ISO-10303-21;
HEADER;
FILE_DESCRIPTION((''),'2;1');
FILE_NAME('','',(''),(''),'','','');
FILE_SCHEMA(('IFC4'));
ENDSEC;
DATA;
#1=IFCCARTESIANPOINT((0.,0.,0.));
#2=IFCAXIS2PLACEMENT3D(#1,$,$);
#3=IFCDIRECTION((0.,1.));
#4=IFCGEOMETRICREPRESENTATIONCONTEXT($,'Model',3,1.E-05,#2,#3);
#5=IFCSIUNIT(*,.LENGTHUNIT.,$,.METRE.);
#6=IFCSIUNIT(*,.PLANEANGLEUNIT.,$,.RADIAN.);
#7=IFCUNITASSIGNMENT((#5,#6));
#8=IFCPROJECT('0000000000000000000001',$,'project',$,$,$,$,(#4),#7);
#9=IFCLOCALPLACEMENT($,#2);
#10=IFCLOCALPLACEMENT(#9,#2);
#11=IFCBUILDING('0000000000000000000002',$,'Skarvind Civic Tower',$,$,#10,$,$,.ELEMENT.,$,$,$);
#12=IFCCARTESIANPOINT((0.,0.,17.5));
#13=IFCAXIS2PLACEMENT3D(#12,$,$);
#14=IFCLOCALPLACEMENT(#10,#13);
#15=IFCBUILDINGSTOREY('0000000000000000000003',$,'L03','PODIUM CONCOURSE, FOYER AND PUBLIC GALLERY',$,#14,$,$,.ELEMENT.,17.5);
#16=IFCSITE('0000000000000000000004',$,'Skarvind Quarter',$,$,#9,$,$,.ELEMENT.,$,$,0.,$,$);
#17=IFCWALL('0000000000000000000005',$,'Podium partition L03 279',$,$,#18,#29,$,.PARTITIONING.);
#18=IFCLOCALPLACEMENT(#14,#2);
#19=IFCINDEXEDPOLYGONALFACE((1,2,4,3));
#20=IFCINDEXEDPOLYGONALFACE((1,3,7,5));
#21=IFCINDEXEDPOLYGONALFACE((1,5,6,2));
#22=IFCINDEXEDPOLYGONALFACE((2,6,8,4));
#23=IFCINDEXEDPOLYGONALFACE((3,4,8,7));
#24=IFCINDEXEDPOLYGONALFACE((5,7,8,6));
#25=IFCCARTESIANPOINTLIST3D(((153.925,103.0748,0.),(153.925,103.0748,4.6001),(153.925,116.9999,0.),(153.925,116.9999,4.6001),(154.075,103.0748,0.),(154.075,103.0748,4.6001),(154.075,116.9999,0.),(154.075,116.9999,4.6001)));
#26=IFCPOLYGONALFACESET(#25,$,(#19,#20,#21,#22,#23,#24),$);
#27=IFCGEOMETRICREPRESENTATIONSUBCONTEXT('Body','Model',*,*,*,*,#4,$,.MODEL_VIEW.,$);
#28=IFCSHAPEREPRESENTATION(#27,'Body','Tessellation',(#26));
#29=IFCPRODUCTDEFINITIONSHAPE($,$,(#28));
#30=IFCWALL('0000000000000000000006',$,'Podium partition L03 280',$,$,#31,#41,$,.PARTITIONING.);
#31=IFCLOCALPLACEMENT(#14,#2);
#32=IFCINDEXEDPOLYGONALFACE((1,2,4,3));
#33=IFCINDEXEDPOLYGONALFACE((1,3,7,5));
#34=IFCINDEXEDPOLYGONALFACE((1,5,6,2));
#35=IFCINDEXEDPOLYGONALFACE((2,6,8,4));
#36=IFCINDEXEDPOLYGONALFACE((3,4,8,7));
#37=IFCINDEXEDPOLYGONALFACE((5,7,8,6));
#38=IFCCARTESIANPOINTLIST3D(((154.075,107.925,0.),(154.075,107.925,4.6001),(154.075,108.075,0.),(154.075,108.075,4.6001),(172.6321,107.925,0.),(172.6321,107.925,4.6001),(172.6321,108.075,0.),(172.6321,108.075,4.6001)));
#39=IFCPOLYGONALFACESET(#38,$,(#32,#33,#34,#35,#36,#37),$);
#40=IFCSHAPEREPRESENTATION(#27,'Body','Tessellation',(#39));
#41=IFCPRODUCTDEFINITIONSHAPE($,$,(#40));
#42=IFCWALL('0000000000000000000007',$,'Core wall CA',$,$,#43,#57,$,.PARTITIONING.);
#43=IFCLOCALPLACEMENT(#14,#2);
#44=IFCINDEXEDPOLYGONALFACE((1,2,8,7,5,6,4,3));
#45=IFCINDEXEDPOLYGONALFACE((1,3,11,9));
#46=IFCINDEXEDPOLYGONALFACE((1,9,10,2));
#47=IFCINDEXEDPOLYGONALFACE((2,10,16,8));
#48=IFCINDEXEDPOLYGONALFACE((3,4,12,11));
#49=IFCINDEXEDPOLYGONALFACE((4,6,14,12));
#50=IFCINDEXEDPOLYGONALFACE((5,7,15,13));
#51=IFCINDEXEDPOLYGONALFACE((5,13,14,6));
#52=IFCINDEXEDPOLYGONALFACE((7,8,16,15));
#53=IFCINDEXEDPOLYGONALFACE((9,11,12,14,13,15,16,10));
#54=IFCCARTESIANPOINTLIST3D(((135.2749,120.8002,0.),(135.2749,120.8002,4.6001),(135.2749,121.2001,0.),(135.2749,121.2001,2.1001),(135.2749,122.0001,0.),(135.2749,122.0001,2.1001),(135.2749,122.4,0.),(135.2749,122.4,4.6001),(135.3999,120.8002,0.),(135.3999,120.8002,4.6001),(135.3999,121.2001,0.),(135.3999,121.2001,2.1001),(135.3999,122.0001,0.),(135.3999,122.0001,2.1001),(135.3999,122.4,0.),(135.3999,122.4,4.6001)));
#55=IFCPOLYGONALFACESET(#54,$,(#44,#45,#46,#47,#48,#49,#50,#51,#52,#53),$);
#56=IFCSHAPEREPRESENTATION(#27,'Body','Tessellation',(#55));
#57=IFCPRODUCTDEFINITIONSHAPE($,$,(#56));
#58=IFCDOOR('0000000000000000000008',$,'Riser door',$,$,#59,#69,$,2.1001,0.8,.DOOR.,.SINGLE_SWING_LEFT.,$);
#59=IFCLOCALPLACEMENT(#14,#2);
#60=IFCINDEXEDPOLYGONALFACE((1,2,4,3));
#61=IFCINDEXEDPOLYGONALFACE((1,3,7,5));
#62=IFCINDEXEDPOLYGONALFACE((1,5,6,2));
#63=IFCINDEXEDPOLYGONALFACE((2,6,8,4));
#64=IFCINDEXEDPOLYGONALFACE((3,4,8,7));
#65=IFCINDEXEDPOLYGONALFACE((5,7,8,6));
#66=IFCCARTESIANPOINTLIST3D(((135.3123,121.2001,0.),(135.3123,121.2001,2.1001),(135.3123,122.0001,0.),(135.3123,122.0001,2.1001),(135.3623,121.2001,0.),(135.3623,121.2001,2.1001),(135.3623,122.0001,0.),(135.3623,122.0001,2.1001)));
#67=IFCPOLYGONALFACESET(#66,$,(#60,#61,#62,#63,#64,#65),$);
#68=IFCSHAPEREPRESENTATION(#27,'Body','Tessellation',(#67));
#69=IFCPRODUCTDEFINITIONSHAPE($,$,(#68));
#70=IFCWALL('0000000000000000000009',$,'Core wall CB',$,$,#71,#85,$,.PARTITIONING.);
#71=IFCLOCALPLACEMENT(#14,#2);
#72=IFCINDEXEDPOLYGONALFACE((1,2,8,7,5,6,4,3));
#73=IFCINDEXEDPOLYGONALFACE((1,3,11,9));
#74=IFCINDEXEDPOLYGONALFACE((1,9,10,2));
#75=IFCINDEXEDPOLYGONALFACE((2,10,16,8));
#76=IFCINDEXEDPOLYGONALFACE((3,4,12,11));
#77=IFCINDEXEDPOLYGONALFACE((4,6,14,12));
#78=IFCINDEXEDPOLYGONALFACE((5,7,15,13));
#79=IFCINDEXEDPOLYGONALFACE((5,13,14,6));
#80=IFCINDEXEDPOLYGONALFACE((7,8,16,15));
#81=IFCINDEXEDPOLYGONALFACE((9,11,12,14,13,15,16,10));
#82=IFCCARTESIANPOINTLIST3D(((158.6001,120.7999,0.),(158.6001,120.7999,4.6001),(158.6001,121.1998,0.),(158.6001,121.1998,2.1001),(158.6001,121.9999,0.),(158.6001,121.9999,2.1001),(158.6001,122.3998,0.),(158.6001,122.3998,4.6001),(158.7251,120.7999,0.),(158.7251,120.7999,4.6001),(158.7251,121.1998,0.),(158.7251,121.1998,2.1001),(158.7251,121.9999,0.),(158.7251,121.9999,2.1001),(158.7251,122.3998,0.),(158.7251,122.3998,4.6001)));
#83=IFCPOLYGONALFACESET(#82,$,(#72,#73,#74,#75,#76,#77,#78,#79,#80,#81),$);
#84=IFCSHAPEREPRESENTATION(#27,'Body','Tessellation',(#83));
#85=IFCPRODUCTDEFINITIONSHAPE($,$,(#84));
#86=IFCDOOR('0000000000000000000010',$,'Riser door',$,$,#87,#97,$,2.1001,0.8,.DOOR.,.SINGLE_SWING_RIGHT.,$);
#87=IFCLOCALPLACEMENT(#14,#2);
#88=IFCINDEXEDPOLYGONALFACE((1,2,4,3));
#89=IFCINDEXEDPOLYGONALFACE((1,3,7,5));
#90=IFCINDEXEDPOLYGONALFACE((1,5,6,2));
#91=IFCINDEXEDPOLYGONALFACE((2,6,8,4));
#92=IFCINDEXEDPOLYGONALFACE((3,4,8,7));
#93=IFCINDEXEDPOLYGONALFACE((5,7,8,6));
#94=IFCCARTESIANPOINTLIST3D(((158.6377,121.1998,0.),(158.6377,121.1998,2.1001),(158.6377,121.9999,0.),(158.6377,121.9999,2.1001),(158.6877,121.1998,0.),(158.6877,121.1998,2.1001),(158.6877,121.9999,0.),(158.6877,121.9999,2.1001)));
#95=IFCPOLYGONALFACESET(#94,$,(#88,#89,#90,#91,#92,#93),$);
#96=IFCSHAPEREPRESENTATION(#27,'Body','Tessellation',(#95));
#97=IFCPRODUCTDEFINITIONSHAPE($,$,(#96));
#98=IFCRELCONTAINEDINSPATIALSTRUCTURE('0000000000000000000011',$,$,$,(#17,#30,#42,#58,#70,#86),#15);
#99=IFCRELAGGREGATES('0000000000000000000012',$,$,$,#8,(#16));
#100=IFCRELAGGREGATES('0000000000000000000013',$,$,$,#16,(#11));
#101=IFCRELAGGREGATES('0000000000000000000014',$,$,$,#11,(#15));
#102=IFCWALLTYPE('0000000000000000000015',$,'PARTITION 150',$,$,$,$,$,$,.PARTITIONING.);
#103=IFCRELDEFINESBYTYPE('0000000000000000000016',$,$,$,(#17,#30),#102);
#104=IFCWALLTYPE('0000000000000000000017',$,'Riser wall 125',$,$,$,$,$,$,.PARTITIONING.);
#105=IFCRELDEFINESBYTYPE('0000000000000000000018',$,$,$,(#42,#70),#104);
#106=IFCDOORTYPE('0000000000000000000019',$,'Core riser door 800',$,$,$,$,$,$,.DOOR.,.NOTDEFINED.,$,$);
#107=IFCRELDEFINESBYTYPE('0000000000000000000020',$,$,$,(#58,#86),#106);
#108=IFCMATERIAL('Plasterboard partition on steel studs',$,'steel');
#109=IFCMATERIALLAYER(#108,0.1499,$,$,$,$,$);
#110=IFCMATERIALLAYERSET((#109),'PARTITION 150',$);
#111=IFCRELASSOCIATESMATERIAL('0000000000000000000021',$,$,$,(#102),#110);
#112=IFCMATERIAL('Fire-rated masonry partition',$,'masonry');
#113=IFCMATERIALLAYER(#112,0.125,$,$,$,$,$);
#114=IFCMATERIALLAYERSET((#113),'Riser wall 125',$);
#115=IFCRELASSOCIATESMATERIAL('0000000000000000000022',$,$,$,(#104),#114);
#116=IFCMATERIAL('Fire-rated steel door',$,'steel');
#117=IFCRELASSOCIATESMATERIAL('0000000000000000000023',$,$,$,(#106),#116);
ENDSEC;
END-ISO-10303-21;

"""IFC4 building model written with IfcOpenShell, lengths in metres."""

from ifc_helpers import new_model, si_unit, direction, frame, frame_2d, origin, place, context, subcontext, project, spatial, rectangle, extrude, material, layer, layer_set, type_object, element, fill, save


model = new_model("IFC4")

# Units and contexts
model_context = context("Model", 3, precision=1e-05, world=origin(), true_north=direction((0.0, 1.0)))
body_context = subcontext(model_context, "Body", "Model", "MODEL_VIEW")
ifc_project = project(units=[si_unit("LENGTHUNIT", "METRE"), si_unit("PLANEANGLEUNIT", "RADIAN")], contexts=[model_context])

# Site, building, storey
site_placement = place(None, origin())
site = spatial("IfcSite", under=ifc_project, at=site_placement, Name="Skarvind Quarter", CompositionType="ELEMENT", RefElevation=0.0)
building_placement = place(site_placement, origin())
building = spatial("IfcBuilding", under=site, at=building_placement, Name="Skarvind Civic Tower", CompositionType="ELEMENT")
storey_placement = place(building_placement, frame((0.0, 0.0, 17.5)))
storey = spatial("IfcBuildingStorey", under=building, at=storey_placement, Name="L03", Description="PODIUM CONCOURSE, FOYER AND PUBLIC GALLERY", CompositionType="ELEMENT", Elevation=17.5)

# Shared definitions
ifc_material_1 = material(Name="Fire-rated masonry partition", Category="masonry")
ifc_material_2 = material(Name="Fire-rated steel door", Category="steel")

# Shared definitions
ifc_material_3 = material(Name="Plasterboard partition on steel studs", Category="steel")
ifc_layer_1 = layer(ifc_material_3, 0.1499)
ifc_layer_set_1 = layer_set([ifc_layer_1], Name="PARTITION 150")
wall_type_1 = type_object("IfcWallType", Name="PARTITION 150", PredefinedType="PARTITIONING", material=ifc_layer_set_1)

# Walls
wall_1_placement = place(storey_placement, frame((154.0, 103.075, 0.0), z_axis=(0.0, 0.0, 1.0), x_axis=(0.0, 1.0, 0.0)))
element("IfcWall", 1, at=wall_1_placement, inside=storey, type_object=wall_type_1, Name="Podium partition L03 279", PredefinedType="PARTITIONING", context=body_context, shape_type="SweptSolid", body=[
    extrude(rectangle(XDim=13.925, YDim=0.1499, at=frame_2d((6.9624, 0.0))), origin(), (0.0, 0.0, 1.0), 4.6001),
])
wall_2_placement = place(storey_placement, frame((154.075, 108.0, 0.0), z_axis=(0.0, 0.0, 1.0), x_axis=(1.0, 0.0, 0.0)))
element("IfcWall", 2, at=wall_2_placement, inside=storey, type_object=wall_type_1, Name="Podium partition L03 280", PredefinedType="PARTITIONING", context=body_context, shape_type="SweptSolid", body=[
    extrude(rectangle(XDim=18.5571, YDim=0.1499, at=frame_2d((9.2786, 0.0))), origin(), (0.0, 0.0, 1.0), 4.6001),
])

# Walls, openings, doors
ifc_layer_2 = layer(ifc_material_1, 0.125)
ifc_layer_set_2 = layer_set([ifc_layer_2], Name="Riser wall 125")
wall_type_2 = type_object("IfcWallType", Name="Riser wall 125", PredefinedType="PARTITIONING", material=ifc_layer_set_2)
wall_3_placement = place(storey_placement, frame((135.3374, 122.3999, 0.0), z_axis=(0.0, 0.0, 1.0), x_axis=(0.0, -1.0, 0.0)))
wall_3 = element("IfcWall", 3, at=wall_3_placement, inside=storey, type_object=wall_type_2, Name="Core wall CA", PredefinedType="PARTITIONING", context=body_context, shape_type="SweptSolid", body=[
    extrude(rectangle(XDim=1.5999, YDim=0.125, at=frame_2d((0.7998, 0.0))), origin(), (0.0, 0.0, 1.0), 4.6001),
])
opening_1_placement = place(wall_3_placement, frame((0.3999, 0.0, 0.0)))
opening_1 = element("IfcOpeningElement", 4, at=opening_1_placement, cuts=wall_3, PredefinedType="OPENING", context=body_context, shape_type="SweptSolid", body=[
    extrude(rectangle(XDim=0.8, YDim=2.1001, at=frame_2d((0.3999, 1.05))), frame((0.0, 0.0725, 0.0), z_axis=(0.0, -1.0, 0.0), x_axis=(1.0, 0.0, 0.0)), (0.0, 0.0, 1.0), 0.145),
])
door_type_1 = type_object("IfcDoorType", Name="Core riser door 800", OperationType="NOTDEFINED", PredefinedType="DOOR", material=ifc_material_2)
door_1_placement = place(opening_1_placement, origin())
door_1 = element("IfcDoor", 5, at=door_1_placement, inside=storey, type_object=door_type_1, Name="Riser door", OperationType="SINGLE_SWING_LEFT", OverallHeight=2.1001, OverallWidth=0.8, PredefinedType="DOOR", context=body_context, shape_type="SweptSolid", body=[
    extrude(rectangle(XDim=0.8, YDim=2.1001, at=frame_2d((0.3999, 1.05))), frame((0.0, 0.0249, 0.0), z_axis=(0.0, -1.0, 0.0), x_axis=(1.0, 0.0, 0.0)), (0.0, 0.0, 1.0), 0.05),
])
fill(opening_1, door_1)
wall_4_placement = place(storey_placement, frame((158.6626, 120.8, 0.0), z_axis=(0.0, 0.0, 1.0), x_axis=(0.0, 1.0, 0.0)))
wall_4 = element("IfcWall", 6, at=wall_4_placement, inside=storey, type_object=wall_type_2, Name="Core wall CB", PredefinedType="PARTITIONING", context=body_context, shape_type="SweptSolid", body=[
    extrude(rectangle(XDim=1.5999, YDim=0.125, at=frame_2d((0.7998, 0.0))), origin(), (0.0, 0.0, 1.0), 4.6001),
])
opening_2_placement = place(wall_4_placement, frame((0.3999, 0.0, 0.0)))
opening_2 = element("IfcOpeningElement", 7, at=opening_2_placement, cuts=wall_4, PredefinedType="OPENING", context=body_context, shape_type="SweptSolid", body=[
    extrude(rectangle(XDim=0.8, YDim=2.1001, at=frame_2d((0.3999, 1.05))), frame((0.0, 0.0725, 0.0), z_axis=(0.0, -1.0, 0.0), x_axis=(1.0, 0.0, 0.0)), (0.0, 0.0, 1.0), 0.145),
])
door_2_placement = place(opening_2_placement, origin())
door_2 = element("IfcDoor", 8, at=door_2_placement, inside=storey, type_object=door_type_1, Name="Riser door", OperationType="SINGLE_SWING_RIGHT", OverallHeight=2.1001, OverallWidth=0.8, PredefinedType="DOOR", context=body_context, shape_type="SweptSolid", body=[
    extrude(rectangle(XDim=0.8, YDim=2.1001, at=frame_2d((0.3999, 1.05))), frame((0.0, 0.0249, 0.0), z_axis=(0.0, -1.0, 0.0), x_axis=(1.0, 0.0, 0.0)), (0.0, 0.0, 1.0), 0.05),
])
fill(opening_2, door_2)

save(model, "model.ifc")
